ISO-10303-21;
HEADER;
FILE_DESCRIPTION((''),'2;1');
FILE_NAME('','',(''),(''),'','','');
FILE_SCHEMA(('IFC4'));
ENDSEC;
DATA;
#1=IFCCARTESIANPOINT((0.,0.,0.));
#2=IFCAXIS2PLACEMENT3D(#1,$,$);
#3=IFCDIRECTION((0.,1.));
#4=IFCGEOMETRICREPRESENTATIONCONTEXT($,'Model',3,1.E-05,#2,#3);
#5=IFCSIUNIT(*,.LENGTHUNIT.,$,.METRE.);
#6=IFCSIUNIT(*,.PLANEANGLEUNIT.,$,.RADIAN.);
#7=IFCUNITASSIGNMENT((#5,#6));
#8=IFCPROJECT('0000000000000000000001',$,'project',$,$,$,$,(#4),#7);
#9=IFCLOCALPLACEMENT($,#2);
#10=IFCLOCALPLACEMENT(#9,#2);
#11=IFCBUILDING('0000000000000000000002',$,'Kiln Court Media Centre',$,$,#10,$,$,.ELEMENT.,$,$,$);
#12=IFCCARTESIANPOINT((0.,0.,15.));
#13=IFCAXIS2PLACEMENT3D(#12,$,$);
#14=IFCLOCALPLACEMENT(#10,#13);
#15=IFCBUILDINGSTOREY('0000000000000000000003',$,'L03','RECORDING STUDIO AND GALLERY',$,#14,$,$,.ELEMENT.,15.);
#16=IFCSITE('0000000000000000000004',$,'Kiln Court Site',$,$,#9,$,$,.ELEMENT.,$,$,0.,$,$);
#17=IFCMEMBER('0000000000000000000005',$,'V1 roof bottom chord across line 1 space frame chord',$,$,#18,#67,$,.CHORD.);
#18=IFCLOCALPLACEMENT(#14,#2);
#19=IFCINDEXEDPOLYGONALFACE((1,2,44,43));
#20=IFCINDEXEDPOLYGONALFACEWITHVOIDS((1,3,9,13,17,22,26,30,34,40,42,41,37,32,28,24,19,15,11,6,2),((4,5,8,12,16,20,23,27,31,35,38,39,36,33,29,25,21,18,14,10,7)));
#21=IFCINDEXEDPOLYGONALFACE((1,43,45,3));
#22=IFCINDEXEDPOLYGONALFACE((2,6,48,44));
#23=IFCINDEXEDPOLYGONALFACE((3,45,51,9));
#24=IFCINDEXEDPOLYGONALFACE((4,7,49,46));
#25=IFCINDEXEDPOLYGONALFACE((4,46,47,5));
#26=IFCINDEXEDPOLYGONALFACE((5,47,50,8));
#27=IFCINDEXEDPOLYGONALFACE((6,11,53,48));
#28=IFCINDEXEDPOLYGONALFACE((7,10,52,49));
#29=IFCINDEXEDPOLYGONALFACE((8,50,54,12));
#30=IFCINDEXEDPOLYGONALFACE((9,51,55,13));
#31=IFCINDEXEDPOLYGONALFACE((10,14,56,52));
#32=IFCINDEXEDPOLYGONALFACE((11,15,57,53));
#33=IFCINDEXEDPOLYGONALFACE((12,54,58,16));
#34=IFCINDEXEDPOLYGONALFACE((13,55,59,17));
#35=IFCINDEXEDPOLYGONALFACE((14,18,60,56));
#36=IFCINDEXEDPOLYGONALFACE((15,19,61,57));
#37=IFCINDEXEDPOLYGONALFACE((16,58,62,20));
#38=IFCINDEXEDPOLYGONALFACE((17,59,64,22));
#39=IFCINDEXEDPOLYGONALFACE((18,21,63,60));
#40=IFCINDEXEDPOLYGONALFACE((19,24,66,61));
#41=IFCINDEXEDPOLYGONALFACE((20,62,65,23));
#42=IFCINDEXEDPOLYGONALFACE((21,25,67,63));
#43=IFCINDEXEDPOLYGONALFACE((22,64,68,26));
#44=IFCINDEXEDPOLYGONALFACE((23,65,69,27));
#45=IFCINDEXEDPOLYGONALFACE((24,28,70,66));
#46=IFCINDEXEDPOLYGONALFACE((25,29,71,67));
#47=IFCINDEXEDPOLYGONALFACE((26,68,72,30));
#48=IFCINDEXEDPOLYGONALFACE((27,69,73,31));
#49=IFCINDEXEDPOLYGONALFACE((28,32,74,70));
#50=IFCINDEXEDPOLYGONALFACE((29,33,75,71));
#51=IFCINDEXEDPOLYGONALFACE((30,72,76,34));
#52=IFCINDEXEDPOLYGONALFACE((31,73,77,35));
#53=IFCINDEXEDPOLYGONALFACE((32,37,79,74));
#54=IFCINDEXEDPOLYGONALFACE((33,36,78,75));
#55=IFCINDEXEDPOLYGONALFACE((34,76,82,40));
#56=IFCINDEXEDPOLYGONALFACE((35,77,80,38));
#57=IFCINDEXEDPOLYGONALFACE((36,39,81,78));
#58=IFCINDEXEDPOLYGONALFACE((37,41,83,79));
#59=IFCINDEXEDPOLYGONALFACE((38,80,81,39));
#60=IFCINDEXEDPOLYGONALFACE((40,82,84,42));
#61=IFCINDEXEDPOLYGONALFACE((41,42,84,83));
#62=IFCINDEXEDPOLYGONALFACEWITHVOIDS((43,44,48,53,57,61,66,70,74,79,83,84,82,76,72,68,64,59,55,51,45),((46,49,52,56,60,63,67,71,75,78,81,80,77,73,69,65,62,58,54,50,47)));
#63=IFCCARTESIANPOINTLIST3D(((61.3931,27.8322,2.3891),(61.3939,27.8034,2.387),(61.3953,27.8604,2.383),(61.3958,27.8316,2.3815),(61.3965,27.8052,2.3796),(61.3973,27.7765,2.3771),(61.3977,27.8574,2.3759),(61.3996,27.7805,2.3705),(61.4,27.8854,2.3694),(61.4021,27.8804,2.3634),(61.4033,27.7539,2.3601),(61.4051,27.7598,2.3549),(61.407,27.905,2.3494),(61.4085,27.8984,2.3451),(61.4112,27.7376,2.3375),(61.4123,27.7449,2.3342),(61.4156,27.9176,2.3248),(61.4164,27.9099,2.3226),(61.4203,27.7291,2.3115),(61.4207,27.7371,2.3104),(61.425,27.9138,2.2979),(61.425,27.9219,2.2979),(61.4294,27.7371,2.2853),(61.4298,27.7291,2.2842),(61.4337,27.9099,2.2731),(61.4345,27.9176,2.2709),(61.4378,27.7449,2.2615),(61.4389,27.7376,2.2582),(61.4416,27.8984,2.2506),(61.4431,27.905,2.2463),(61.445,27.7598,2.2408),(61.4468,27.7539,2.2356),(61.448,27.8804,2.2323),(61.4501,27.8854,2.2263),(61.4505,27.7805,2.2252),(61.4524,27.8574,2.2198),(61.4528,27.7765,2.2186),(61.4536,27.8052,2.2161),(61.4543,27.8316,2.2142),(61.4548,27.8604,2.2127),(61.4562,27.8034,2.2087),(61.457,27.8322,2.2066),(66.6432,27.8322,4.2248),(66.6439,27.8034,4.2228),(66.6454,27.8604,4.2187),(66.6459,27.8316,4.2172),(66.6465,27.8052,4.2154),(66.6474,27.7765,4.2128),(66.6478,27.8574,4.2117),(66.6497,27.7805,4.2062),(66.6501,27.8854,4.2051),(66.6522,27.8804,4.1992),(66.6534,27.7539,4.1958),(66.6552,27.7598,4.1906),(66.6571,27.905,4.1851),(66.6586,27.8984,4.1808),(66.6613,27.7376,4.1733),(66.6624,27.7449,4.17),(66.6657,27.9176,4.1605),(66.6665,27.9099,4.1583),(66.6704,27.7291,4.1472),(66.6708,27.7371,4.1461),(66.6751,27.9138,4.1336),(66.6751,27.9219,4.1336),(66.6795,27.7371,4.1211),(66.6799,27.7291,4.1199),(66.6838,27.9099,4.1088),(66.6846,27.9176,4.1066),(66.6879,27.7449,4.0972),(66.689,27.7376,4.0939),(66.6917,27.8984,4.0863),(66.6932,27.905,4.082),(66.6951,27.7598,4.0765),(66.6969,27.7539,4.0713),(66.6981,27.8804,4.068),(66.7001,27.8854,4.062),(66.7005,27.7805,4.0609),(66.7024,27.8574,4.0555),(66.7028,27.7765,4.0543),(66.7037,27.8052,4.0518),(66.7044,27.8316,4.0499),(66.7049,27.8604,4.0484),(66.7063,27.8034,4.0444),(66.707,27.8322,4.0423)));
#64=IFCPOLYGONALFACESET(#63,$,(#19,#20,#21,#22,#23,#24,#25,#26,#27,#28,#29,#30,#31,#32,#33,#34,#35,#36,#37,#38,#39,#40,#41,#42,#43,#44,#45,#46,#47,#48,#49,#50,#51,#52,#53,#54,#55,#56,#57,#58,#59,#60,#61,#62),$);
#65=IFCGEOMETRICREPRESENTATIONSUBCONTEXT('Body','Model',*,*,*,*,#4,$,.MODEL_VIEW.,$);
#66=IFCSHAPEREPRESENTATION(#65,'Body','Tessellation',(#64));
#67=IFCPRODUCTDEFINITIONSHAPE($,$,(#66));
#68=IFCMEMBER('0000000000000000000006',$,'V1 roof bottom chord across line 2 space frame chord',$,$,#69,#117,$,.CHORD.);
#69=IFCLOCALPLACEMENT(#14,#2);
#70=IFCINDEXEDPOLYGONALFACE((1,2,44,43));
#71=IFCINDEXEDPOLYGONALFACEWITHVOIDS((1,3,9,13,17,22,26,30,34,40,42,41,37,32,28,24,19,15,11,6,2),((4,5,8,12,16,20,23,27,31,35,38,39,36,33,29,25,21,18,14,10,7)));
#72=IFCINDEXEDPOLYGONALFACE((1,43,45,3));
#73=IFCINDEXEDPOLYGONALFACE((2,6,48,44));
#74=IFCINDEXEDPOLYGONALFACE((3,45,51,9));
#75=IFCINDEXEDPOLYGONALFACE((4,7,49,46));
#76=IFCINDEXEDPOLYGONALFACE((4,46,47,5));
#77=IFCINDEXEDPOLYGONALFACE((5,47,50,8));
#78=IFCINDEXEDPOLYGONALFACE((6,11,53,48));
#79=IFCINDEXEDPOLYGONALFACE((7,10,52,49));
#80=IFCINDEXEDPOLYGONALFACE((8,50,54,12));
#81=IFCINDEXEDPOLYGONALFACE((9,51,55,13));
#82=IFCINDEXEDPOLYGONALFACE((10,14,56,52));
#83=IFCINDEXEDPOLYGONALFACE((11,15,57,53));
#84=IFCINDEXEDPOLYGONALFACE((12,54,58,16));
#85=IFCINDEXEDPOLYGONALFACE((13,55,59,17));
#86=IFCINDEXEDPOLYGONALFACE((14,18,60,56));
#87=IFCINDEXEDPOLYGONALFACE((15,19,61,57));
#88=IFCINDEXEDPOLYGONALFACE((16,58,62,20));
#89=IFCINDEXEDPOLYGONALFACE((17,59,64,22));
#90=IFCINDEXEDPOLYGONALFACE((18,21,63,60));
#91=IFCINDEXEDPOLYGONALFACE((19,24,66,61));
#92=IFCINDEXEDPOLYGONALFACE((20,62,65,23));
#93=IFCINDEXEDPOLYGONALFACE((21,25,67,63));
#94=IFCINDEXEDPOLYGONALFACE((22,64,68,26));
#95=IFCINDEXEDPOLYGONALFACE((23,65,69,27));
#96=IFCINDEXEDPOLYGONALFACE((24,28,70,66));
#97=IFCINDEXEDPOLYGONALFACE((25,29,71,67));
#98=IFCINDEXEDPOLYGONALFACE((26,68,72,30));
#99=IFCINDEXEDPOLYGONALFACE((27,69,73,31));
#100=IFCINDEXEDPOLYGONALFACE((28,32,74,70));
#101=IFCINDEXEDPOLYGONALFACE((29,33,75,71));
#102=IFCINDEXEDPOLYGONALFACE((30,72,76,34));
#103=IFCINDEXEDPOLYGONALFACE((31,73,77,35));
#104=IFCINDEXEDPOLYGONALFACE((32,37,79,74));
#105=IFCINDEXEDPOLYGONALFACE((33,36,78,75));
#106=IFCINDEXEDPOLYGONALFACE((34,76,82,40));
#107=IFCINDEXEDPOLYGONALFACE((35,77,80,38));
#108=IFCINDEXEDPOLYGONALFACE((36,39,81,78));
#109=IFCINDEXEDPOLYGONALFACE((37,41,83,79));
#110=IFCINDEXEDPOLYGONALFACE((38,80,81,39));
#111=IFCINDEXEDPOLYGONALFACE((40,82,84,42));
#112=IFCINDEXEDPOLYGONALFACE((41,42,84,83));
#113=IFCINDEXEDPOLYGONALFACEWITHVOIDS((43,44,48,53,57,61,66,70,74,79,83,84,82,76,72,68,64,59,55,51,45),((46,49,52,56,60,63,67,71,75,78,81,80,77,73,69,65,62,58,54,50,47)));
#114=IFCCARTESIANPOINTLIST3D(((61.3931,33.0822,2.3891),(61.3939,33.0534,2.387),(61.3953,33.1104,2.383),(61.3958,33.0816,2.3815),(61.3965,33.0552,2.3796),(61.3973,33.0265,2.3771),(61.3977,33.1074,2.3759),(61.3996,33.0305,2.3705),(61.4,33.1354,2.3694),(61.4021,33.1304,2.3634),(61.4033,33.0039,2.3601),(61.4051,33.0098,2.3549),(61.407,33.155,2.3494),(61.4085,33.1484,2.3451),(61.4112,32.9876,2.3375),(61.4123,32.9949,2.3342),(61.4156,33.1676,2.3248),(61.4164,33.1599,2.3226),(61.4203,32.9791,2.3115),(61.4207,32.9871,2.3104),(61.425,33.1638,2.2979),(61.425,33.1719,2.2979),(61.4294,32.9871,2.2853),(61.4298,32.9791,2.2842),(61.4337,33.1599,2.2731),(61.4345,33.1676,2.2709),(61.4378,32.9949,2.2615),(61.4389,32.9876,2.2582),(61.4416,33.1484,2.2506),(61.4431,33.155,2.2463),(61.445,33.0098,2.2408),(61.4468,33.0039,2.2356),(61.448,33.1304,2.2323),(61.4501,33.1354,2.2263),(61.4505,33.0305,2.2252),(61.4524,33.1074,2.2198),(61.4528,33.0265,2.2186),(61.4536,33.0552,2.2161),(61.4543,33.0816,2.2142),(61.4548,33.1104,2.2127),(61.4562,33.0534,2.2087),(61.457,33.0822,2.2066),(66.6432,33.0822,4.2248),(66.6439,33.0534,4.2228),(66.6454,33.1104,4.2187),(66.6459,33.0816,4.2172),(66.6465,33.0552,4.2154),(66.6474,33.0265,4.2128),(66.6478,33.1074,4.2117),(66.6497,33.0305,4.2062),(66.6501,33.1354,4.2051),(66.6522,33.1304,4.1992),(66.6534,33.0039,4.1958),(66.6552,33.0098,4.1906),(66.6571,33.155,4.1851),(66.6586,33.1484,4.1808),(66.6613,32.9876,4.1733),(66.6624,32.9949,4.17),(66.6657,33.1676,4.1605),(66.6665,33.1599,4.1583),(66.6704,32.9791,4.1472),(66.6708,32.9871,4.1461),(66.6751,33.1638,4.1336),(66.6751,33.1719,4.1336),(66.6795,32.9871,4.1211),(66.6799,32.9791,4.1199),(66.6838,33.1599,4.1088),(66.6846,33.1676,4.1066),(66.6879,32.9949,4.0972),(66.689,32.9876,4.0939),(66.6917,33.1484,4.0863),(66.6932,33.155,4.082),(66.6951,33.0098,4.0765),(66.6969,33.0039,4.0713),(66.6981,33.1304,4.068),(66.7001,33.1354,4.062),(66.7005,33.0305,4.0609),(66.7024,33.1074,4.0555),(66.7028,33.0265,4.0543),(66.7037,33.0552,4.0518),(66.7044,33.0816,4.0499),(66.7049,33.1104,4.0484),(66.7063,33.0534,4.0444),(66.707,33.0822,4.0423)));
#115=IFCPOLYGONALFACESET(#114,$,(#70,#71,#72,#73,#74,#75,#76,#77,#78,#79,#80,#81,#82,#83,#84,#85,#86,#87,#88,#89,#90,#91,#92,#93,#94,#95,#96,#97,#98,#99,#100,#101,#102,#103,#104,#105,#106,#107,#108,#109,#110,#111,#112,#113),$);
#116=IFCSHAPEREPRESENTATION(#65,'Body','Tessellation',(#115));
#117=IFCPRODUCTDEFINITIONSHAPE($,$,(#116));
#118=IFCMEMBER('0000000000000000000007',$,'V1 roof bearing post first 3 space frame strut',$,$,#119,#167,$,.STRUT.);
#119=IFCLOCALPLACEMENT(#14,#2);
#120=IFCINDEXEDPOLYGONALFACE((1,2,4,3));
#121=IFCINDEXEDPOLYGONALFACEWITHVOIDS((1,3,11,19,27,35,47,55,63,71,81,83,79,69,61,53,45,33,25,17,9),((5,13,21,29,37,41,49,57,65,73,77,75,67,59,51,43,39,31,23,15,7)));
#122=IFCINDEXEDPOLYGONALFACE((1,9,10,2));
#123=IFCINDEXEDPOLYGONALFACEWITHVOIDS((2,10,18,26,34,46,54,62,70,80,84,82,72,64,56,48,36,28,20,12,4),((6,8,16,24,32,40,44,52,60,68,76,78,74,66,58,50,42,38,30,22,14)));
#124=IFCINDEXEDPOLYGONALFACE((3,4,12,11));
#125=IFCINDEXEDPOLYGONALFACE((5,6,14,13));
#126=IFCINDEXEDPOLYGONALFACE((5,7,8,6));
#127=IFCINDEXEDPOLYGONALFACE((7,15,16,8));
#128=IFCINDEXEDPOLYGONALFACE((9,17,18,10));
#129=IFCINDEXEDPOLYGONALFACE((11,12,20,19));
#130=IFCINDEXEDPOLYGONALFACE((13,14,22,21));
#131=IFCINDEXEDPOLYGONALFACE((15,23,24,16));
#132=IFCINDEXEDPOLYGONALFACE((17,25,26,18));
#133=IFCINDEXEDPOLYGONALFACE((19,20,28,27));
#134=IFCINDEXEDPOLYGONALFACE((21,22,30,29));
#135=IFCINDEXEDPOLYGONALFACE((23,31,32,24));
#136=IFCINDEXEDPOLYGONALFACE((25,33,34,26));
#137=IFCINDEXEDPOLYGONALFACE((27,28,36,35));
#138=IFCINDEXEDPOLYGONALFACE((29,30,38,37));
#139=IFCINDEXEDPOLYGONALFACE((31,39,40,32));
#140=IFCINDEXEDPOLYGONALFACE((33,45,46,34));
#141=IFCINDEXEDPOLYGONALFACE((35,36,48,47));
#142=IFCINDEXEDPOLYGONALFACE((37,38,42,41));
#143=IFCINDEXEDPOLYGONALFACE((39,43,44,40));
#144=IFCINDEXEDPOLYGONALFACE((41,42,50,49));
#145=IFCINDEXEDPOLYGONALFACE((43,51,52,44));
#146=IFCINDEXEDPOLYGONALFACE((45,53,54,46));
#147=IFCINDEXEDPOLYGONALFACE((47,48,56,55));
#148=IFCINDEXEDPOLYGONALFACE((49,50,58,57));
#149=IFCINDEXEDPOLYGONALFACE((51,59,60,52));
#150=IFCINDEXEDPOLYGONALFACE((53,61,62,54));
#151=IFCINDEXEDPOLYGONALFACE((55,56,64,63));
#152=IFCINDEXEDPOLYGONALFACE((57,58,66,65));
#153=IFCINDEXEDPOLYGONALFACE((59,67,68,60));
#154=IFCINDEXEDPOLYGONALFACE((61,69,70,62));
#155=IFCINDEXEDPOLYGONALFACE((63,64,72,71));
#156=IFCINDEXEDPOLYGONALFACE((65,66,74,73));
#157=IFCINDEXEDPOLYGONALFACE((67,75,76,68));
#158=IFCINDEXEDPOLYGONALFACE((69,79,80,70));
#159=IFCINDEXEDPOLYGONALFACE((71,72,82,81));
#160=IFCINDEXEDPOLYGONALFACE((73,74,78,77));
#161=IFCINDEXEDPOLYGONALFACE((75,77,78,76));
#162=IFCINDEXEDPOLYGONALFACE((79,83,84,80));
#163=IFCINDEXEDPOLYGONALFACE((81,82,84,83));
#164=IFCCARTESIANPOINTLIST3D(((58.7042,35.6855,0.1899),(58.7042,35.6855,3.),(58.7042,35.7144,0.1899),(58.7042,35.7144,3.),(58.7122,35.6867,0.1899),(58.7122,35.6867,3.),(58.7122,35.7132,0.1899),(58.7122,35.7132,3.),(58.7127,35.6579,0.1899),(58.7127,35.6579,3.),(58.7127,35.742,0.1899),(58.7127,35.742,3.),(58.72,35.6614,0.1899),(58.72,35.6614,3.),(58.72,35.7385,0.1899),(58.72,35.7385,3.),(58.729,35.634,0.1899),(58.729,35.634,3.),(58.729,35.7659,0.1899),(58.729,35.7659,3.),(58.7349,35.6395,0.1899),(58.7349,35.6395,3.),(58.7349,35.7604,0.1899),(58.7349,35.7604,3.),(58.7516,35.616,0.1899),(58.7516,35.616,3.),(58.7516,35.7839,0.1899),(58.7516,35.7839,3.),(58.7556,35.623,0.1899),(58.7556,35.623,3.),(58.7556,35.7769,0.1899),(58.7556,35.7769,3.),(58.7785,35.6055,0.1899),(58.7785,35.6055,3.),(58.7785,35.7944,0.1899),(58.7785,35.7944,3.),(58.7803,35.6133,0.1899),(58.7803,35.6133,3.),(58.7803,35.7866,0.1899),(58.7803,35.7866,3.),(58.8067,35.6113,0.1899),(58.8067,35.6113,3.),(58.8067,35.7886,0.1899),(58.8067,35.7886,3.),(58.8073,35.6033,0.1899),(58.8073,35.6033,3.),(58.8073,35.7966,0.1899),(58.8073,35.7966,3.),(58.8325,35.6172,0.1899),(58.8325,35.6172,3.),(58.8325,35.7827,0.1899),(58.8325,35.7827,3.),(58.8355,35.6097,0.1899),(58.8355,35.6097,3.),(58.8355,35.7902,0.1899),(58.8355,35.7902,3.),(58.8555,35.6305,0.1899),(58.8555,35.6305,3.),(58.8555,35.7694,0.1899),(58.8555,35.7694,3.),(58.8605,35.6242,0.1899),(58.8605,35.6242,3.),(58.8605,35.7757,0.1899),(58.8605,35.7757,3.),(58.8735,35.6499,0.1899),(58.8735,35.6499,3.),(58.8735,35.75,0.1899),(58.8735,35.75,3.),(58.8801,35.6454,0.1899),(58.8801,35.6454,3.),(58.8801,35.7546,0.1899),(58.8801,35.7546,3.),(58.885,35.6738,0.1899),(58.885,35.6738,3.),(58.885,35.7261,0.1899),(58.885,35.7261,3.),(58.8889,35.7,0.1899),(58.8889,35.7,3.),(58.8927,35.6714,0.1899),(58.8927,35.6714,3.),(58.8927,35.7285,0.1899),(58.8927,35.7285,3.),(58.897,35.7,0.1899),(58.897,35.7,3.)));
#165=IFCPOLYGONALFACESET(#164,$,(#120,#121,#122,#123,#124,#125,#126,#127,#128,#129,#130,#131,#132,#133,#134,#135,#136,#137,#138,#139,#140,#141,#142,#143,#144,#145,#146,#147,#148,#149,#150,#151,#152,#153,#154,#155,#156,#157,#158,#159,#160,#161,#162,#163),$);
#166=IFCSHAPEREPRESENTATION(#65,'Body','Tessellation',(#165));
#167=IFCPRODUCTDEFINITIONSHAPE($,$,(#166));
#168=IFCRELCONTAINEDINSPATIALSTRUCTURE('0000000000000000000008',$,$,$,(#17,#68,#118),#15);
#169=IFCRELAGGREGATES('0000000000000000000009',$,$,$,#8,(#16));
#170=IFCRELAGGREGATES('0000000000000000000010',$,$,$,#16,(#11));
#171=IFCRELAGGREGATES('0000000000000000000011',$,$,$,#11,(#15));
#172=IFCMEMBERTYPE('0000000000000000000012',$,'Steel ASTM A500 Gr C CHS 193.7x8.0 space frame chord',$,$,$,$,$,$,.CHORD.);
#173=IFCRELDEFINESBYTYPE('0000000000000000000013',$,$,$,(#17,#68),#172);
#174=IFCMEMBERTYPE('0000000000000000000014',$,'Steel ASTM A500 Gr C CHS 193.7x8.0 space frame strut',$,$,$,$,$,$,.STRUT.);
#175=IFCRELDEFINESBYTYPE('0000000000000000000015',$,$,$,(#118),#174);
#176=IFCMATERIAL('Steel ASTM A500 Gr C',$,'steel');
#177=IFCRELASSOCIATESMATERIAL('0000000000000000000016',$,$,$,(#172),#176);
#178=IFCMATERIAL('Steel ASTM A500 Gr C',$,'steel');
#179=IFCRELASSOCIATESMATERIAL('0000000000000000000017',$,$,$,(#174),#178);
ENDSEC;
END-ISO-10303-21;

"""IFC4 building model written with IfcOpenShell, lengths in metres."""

from ifc_helpers import new_model, si_unit, direction, frame, origin, origin_2d, place, context, subcontext, project, spatial, hollow_circle, extrude, material, material_profile, profile_set, type_object, element, save


model = new_model("IFC4")

# Units and contexts
model_context = context("Model", 3, precision=1e-05, world=origin(), true_north=direction((0.0, 1.0)))
body_context = subcontext(model_context, "Body", "Model", "MODEL_VIEW")
ifc_project = project(units=[si_unit("LENGTHUNIT", "METRE"), si_unit("PLANEANGLEUNIT", "RADIAN")], contexts=[model_context])

# Site, building, storey
site_placement = place(None, origin())
site = spatial("IfcSite", under=ifc_project, at=site_placement, Name="Kiln Court Site", CompositionType="ELEMENT", RefElevation=0.0)
building_placement = place(site_placement, origin())
building = spatial("IfcBuilding", under=site, at=building_placement, Name="Kiln Court Media Centre", CompositionType="ELEMENT")
storey_placement = place(building_placement, frame((0.0, 0.0, 15.0)))
storey = spatial("IfcBuildingStorey", under=building, at=storey_placement, Name="L03", Description="RECORDING STUDIO AND GALLERY", CompositionType="ELEMENT", Elevation=15.0)

# Members
ifc_material_1 = material(Name="Steel ASTM A500 Gr C", Category="steel")
ifc_material_profile_1 = material_profile(ifc_material_1, hollow_circle(Radius=0.0969, WallThickness=0.0081, at=origin_2d()), Name="CHS 193.7x8.0")
ifc_profile_set_1 = profile_set([ifc_material_profile_1], Name="Steel ASTM A500 Gr C")
member_type_1 = type_object("IfcMemberType", Name="Steel ASTM A500 Gr C CHS 193.7x8.0 space frame chord", PredefinedType="CHORD", material=ifc_profile_set_1)
for number, where, z_axis, x_axis, name in (
    (1, (61.425, 27.825, 2.2979), (0.94396, 0.0, 0.330061), (0.0, 1.0, 0.0), "V1 roof bottom chord across line 1 space frame chord"),
    (2, (61.425, 33.075, 2.2979), (0.94396, 0.0, 0.330061), (0.0, 1.0, 0.0), "V1 roof bottom chord across line 2 space frame chord"),
):
    element("IfcMember", number, at=place(storey_placement, frame(where, z_axis=z_axis, x_axis=x_axis)), inside=storey, type_object=member_type_1, Name=name, PredefinedType="CHORD", context=body_context, shape_type="SweptSolid", body=[
        extrude(hollow_circle(Radius=0.0969, WallThickness=0.0081, at=origin_2d()), origin(), (0.0, 0.0, 1.0), 5.5618),
    ])
ifc_material_2 = material(Name="Steel ASTM A500 Gr C", Category="steel")
ifc_material_profile_2 = material_profile(ifc_material_2, hollow_circle(Radius=0.0969, WallThickness=0.0081, at=origin_2d()), Name="CHS 193.7x8.0")
ifc_profile_set_2 = profile_set([ifc_material_profile_2], Name="Steel ASTM A500 Gr C")
member_type_2 = type_object("IfcMemberType", Name="Steel ASTM A500 Gr C CHS 193.7x8.0 space frame strut", PredefinedType="STRUT", material=ifc_profile_set_2)
member_1_placement = place(storey_placement, frame((58.8, 35.7, 0.1899), z_axis=(0.0, 0.0, 1.0), x_axis=(1.0, 0.0, 0.0)))
element("IfcMember", 3, at=member_1_placement, inside=storey, type_object=member_type_2, Name="V1 roof bearing post first 3 space frame strut", PredefinedType="STRUT", context=body_context, shape_type="SweptSolid", body=[
    extrude(hollow_circle(Radius=0.0969, WallThickness=0.0081, at=origin_2d()), origin(), (0.0, 0.0, 1.0), 2.8101),
])

save(model, "model.ifc")
